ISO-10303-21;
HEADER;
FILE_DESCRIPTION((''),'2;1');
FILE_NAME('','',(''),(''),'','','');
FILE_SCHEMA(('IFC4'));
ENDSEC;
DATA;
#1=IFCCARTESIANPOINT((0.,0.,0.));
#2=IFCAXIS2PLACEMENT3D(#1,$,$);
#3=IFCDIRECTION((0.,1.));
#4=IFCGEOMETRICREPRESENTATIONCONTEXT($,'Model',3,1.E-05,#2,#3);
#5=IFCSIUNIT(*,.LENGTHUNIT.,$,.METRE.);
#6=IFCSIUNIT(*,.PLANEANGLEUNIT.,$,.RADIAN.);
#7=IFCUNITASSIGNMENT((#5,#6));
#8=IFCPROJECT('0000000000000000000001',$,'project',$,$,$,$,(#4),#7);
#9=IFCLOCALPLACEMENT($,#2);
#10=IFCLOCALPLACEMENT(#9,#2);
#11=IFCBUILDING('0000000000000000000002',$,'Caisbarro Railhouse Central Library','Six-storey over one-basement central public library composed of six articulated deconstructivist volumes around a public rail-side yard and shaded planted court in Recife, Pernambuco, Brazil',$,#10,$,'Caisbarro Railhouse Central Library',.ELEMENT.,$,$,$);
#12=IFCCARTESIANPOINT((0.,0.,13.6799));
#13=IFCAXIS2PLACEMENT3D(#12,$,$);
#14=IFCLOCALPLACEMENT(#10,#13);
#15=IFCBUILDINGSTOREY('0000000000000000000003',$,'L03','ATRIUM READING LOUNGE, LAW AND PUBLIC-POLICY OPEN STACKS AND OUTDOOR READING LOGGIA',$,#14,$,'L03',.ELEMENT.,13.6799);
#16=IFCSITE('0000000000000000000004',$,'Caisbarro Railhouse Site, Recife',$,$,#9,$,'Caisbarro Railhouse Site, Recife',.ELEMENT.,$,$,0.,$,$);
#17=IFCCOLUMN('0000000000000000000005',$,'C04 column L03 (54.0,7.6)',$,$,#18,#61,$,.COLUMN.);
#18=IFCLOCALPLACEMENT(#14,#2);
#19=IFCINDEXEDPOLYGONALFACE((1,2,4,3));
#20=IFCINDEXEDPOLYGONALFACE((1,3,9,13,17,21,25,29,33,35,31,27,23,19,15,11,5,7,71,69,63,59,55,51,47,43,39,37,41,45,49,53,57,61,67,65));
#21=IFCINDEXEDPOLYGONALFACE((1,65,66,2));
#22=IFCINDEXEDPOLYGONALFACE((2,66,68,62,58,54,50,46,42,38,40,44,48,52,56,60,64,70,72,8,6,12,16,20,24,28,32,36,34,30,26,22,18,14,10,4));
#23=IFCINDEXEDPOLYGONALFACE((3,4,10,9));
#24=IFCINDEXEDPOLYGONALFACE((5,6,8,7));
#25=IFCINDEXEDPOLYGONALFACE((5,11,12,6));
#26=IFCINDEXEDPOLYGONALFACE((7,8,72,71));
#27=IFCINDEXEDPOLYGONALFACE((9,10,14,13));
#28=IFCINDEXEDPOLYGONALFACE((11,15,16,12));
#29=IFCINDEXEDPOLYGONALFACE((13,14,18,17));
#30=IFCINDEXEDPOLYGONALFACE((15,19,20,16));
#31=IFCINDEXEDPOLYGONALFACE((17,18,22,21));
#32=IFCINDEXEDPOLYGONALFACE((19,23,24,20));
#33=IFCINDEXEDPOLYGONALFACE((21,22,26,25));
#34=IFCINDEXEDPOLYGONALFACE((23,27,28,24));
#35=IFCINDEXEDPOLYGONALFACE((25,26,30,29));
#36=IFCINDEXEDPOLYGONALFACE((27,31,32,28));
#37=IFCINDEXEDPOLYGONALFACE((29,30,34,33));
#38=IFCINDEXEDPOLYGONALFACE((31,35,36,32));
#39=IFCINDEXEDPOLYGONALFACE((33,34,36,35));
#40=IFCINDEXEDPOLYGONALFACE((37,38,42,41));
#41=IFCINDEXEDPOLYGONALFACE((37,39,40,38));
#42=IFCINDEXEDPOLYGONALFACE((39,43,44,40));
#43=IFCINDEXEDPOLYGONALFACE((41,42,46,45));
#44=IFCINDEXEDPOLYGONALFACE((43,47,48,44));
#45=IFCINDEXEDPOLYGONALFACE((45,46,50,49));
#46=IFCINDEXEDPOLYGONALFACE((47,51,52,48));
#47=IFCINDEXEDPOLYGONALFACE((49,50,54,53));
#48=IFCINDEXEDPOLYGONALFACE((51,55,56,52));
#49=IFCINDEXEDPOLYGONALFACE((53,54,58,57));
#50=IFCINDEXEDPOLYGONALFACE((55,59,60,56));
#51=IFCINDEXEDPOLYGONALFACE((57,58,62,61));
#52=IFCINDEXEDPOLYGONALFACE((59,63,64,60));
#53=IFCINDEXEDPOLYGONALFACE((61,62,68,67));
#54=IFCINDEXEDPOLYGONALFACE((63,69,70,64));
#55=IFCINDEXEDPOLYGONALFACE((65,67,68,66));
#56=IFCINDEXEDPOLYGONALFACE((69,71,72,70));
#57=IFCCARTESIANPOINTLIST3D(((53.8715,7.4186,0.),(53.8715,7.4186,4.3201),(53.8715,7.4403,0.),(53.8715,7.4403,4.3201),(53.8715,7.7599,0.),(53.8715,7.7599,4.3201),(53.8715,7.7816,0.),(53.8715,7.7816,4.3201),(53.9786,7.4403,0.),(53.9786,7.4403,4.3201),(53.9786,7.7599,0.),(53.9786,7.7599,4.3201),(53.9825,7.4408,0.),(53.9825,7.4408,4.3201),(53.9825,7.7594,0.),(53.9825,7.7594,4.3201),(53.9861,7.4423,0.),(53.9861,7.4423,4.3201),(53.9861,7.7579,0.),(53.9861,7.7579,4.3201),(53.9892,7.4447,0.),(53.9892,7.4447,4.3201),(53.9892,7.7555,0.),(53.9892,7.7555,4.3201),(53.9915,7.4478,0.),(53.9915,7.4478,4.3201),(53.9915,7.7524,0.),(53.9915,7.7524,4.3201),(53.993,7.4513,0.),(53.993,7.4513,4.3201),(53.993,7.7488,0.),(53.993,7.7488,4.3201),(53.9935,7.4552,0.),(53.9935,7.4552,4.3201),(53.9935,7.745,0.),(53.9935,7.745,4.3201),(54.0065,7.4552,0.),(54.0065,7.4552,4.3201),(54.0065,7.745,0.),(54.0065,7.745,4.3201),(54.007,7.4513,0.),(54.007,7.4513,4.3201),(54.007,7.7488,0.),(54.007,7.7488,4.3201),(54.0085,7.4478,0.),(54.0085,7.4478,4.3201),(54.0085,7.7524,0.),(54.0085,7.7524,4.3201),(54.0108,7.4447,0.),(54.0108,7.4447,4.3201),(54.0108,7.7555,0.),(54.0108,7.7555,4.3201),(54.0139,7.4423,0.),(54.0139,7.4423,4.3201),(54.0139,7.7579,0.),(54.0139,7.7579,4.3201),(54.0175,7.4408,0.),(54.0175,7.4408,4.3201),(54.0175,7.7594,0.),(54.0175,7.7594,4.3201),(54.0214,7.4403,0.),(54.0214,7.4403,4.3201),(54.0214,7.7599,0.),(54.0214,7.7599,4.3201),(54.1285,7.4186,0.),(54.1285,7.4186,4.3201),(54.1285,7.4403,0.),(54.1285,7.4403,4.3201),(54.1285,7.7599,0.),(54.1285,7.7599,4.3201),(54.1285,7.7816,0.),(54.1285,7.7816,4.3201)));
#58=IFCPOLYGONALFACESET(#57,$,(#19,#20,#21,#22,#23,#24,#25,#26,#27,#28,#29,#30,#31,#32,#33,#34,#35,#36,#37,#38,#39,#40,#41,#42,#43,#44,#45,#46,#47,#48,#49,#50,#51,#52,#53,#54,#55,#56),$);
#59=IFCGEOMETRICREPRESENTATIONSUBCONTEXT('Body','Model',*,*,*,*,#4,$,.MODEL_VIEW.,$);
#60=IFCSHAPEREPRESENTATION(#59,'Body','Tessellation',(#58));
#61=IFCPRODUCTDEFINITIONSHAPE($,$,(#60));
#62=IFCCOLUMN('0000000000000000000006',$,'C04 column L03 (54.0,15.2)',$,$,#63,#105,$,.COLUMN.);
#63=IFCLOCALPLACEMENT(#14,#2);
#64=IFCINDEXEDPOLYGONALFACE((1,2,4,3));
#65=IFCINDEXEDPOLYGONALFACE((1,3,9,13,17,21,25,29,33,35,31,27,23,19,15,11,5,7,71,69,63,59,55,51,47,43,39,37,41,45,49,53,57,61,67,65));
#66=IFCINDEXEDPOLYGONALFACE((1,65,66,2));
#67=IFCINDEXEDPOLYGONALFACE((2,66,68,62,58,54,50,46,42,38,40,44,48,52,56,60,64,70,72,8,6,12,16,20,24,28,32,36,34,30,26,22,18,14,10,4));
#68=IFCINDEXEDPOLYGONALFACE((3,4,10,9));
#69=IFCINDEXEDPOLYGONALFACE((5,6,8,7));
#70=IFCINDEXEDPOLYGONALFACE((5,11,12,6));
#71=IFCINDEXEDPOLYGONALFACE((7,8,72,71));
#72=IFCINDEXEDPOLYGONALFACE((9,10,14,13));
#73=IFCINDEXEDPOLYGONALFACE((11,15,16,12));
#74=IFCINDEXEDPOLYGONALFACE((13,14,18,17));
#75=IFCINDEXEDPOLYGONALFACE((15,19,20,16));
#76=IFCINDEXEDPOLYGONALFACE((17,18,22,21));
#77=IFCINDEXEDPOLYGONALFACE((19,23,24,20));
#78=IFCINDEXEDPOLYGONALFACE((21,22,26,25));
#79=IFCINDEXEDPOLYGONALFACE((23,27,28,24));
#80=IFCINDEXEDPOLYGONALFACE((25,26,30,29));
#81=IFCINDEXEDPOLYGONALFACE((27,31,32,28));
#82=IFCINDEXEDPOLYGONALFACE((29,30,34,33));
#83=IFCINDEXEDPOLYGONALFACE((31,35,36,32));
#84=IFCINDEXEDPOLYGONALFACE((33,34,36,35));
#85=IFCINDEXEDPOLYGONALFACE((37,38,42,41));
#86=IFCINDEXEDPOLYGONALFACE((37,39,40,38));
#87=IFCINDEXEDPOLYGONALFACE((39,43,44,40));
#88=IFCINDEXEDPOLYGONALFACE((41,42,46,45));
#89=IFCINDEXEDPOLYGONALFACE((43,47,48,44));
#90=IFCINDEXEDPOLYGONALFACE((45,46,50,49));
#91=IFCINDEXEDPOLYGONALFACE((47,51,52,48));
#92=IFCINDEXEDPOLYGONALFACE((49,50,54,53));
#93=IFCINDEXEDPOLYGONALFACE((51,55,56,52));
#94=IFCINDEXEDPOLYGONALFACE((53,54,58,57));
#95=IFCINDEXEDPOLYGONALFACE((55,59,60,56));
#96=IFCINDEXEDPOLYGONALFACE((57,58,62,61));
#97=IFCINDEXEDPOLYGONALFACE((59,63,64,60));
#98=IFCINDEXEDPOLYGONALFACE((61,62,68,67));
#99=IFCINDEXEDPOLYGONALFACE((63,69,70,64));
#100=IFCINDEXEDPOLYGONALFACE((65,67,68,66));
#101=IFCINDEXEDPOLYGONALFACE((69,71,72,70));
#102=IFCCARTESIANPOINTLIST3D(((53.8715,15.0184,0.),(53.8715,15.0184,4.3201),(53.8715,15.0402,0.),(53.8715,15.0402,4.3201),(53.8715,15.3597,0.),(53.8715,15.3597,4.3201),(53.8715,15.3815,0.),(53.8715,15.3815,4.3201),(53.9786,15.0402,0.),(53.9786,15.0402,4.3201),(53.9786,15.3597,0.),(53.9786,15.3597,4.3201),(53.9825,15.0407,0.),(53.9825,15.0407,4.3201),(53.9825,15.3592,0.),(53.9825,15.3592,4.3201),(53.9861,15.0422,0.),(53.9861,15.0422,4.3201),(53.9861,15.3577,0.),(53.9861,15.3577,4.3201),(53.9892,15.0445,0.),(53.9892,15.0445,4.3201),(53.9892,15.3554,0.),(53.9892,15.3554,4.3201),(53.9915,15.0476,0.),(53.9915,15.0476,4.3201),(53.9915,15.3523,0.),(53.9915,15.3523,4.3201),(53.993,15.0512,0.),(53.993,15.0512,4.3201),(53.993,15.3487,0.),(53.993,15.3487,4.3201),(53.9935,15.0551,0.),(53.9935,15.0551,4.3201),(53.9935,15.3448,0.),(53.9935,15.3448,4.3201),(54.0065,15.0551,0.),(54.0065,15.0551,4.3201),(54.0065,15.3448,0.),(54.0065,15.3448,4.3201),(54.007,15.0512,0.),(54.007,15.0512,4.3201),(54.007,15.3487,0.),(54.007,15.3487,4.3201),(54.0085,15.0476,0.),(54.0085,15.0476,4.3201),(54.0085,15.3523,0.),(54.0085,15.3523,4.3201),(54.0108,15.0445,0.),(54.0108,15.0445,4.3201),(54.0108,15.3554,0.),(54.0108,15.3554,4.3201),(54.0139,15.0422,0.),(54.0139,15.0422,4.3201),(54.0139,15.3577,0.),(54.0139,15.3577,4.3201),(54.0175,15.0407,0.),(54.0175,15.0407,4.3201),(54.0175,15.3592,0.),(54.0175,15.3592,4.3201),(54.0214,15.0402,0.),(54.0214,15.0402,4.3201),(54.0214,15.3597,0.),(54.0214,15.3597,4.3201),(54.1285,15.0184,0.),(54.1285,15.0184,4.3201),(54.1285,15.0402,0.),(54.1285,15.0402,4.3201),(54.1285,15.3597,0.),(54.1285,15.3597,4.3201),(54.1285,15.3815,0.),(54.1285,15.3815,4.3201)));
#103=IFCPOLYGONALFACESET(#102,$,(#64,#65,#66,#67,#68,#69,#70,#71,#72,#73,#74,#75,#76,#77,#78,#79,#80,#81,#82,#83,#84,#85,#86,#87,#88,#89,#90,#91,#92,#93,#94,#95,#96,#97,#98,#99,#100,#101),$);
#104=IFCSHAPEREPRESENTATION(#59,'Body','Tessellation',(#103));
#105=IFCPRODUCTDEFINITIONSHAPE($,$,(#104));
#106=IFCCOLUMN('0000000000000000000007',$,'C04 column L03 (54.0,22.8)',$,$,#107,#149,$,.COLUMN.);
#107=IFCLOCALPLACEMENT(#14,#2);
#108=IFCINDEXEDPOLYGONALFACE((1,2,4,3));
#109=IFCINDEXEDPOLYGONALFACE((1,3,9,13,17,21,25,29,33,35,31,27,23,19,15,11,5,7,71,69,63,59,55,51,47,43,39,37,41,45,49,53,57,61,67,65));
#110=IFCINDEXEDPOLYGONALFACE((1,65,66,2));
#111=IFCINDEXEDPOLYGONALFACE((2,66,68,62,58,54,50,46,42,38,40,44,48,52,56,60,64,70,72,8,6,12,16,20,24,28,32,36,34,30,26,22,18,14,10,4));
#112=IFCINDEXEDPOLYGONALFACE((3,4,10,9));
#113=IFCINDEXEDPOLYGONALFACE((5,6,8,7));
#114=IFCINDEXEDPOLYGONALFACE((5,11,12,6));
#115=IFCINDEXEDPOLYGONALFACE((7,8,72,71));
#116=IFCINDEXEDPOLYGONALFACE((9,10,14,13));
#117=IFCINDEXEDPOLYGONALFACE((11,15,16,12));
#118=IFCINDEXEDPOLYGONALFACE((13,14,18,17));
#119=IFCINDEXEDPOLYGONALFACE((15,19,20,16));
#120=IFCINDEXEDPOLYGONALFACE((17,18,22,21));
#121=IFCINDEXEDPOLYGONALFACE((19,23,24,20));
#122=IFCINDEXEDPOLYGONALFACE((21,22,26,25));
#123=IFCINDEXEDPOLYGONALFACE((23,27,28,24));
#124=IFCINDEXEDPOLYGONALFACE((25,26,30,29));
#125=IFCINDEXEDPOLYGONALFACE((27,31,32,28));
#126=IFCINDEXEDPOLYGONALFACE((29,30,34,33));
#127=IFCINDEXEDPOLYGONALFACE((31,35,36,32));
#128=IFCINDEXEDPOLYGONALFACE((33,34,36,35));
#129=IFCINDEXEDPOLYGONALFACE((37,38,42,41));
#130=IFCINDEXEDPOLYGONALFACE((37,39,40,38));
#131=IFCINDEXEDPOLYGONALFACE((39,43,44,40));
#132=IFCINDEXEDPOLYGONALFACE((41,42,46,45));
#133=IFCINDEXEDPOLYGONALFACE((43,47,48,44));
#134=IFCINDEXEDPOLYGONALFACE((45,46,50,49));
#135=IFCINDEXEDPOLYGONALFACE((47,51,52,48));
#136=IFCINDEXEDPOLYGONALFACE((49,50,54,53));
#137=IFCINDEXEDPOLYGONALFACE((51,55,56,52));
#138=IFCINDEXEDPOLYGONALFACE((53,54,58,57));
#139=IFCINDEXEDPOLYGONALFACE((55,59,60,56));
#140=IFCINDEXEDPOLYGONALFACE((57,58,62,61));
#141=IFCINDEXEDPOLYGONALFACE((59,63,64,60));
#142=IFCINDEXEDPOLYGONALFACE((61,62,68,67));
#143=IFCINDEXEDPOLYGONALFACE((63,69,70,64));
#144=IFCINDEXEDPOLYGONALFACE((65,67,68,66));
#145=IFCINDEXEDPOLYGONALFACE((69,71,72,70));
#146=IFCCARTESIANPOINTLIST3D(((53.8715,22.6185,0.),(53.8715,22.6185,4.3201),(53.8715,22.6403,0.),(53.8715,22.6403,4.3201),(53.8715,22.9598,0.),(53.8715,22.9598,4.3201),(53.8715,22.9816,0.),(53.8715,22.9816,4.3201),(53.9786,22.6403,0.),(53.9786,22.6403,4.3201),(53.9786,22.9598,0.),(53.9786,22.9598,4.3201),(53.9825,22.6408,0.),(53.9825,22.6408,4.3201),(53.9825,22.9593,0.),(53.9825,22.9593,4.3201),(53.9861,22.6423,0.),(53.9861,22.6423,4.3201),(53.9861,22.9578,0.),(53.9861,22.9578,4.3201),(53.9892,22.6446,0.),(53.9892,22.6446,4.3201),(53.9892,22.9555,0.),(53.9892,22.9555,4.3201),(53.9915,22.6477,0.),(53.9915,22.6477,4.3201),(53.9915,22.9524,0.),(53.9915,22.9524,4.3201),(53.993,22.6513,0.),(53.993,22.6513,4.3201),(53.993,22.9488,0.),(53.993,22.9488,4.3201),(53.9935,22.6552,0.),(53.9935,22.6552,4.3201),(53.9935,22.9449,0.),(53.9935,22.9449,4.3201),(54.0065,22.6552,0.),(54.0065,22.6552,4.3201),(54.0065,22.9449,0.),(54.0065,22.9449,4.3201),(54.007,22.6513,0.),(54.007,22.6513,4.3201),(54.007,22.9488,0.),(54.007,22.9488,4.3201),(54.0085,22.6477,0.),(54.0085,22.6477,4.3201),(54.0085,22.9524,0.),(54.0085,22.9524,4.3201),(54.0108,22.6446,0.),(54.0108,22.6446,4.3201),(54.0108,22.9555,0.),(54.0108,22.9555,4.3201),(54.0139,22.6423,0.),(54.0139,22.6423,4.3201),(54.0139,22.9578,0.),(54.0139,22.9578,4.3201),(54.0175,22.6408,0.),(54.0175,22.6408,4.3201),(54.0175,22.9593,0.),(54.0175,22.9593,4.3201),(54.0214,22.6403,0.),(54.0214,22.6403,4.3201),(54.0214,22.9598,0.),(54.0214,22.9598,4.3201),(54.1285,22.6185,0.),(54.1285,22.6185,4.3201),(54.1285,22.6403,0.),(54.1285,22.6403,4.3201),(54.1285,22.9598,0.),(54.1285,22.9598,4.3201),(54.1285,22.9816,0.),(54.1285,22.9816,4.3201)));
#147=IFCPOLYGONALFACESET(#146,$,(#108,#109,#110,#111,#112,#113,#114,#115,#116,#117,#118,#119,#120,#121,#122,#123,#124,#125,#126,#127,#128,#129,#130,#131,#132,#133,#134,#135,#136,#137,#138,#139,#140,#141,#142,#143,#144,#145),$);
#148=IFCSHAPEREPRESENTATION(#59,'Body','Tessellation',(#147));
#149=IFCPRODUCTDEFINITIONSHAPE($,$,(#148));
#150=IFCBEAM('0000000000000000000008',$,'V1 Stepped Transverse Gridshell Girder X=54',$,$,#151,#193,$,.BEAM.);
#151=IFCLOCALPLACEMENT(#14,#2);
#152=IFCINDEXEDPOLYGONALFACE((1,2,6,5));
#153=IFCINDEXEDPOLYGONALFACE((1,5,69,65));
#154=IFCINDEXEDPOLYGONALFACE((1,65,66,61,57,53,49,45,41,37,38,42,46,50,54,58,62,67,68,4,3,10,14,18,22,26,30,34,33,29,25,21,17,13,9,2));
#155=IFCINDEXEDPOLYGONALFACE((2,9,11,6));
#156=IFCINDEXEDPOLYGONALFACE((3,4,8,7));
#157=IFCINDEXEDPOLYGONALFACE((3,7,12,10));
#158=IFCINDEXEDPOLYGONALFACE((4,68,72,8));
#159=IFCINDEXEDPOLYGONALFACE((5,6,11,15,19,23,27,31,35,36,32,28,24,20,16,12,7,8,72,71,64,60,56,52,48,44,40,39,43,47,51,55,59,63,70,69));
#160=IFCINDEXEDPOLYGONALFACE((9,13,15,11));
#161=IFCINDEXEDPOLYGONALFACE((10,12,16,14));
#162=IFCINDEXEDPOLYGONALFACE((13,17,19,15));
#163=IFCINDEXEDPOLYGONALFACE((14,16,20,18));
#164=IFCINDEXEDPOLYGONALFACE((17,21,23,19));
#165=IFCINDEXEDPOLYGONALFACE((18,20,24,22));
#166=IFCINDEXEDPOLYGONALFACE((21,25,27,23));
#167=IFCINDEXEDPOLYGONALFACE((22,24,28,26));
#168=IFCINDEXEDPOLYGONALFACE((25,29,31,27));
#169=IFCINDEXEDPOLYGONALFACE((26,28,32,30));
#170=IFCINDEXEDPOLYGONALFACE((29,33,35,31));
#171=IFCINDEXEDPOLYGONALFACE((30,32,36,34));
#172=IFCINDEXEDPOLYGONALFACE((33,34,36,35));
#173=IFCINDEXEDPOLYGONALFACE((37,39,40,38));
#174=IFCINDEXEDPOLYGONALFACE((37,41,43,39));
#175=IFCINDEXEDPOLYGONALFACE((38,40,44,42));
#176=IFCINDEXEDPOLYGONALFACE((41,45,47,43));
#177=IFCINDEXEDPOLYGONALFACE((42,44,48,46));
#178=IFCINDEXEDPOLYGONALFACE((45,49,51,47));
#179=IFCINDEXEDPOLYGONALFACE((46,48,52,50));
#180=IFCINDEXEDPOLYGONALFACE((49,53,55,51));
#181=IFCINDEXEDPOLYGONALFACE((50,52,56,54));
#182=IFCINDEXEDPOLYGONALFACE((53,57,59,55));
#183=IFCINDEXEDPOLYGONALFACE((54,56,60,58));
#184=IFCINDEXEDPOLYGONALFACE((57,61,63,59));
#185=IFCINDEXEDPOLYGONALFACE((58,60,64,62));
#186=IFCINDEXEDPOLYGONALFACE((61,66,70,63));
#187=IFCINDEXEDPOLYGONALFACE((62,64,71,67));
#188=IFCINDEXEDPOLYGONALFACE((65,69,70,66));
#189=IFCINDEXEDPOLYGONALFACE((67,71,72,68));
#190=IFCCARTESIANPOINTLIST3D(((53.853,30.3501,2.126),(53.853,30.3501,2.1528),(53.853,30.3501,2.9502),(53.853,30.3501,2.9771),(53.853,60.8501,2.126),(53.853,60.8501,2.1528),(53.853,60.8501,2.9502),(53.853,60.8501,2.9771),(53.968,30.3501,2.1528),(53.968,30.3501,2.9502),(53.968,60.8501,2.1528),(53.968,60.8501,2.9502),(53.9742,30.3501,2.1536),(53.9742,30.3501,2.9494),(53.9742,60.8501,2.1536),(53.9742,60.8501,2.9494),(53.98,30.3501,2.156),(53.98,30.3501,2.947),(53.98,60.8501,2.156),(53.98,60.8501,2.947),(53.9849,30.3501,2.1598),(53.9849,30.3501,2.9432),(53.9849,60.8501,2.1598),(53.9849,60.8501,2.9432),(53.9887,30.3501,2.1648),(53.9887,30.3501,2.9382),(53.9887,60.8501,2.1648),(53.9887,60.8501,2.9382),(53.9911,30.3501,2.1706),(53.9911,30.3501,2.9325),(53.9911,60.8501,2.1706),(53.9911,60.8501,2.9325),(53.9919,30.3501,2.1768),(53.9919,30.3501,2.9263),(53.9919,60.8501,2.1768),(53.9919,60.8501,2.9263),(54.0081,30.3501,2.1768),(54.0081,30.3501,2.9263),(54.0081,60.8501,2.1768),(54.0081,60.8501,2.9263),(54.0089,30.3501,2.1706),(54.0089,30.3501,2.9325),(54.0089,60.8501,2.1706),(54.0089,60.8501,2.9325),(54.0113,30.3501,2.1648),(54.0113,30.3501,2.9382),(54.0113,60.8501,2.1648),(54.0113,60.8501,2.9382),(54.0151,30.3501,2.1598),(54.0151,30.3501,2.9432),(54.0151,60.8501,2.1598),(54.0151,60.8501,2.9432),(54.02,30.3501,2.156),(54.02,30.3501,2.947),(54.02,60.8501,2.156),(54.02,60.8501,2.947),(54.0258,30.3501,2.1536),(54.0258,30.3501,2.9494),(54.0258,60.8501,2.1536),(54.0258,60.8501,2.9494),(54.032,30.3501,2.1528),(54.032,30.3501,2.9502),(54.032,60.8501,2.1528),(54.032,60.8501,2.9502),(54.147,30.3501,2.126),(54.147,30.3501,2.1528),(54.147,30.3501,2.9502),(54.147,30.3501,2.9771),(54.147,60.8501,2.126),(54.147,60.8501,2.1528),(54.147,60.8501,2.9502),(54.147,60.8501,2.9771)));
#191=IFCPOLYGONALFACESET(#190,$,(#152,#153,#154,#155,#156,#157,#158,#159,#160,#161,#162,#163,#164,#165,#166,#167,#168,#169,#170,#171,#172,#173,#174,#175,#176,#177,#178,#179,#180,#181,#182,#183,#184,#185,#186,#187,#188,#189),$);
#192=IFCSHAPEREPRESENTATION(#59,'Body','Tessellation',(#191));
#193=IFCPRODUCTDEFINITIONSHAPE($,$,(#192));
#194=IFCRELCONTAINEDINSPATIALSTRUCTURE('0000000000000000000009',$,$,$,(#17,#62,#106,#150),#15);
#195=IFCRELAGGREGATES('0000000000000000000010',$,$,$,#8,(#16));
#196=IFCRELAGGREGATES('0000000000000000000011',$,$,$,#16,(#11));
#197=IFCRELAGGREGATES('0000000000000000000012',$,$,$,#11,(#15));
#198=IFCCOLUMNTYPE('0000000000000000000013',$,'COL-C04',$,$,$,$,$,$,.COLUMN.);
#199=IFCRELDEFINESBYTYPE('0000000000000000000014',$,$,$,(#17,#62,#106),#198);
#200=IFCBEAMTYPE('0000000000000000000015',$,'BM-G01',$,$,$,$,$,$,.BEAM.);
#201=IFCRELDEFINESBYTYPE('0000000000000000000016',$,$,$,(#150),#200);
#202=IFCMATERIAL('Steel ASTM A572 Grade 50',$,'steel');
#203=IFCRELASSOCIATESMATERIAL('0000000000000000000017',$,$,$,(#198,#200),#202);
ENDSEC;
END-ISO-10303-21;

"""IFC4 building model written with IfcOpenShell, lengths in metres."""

from ifc_helpers import new_model, si_unit, direction, frame, origin, origin_2d, place, context, subcontext, project, spatial, i_section, extrude, material, material_profile, profile_set, type_object, element, save


model = new_model("IFC4")

# Units and contexts
model_context = context("Model", 3, precision=1e-05, world=origin(), true_north=direction((0.0, 1.0)))
body_context = subcontext(model_context, "Body", "Model", "MODEL_VIEW")
ifc_project = project(units=[si_unit("LENGTHUNIT", "METRE"), si_unit("PLANEANGLEUNIT", "RADIAN")], contexts=[model_context])

# Site, building, storey
site_placement = place(None, origin())
site = spatial("IfcSite", under=ifc_project, at=site_placement, Name="Caisbarro Railhouse Site, Recife", LongName="Caisbarro Railhouse Site, Recife", CompositionType="ELEMENT", RefElevation=0.0)
building_placement = place(site_placement, origin())
building = spatial("IfcBuilding", under=site, at=building_placement, Name="Caisbarro Railhouse Central Library", Description="Six-storey over one-basement central public library composed of six articulated deconstructivist volumes around a public rail-side yard and shaded planted court in Recife, Pernambuco, Brazil", LongName="Caisbarro Railhouse Central Library", CompositionType="ELEMENT")
storey_placement = place(building_placement, frame((0.0, 0.0, 13.6799)))
storey = spatial("IfcBuildingStorey", under=building, at=storey_placement, Name="L03", Description="ATRIUM READING LOUNGE, LAW AND PUBLIC-POLICY OPEN STACKS AND OUTDOOR READING LOGGIA", LongName="L03", CompositionType="ELEMENT", Elevation=13.6799)

# Columns
ifc_material_1 = material(Name="Steel ASTM A572 Grade 50", Category="steel")
ifc_material_profile_1 = material_profile(ifc_material_1, i_section(OverallWidth=0.2571, OverallDepth=0.363, WebThickness=0.0129, FlangeThickness=0.0217, FilletRadius=0.0149, at=origin_2d()), Name="W360X122.0")
ifc_profile_set_1 = profile_set([ifc_material_profile_1], Name="Steel ASTM A572 Grade 50")
column_type = type_object("IfcColumnType", Name="COL-C04", PredefinedType="COLUMN", material=ifc_profile_set_1)
for number, where, z_axis, x_axis, name in (
    (1, (54.0, 7.6001, 0.0), (0.0, 0.0, 1.0), (1.0, 0.0, 0.0), "C04 column L03 (54.0,7.6)"),
    (2, (54.0, 15.2, 0.0), (0.0, 0.0, 1.0), (1.0, 0.0, 0.0), "C04 column L03 (54.0,15.2)"),
    (3, (54.0, 22.8, 0.0), (0.0, 0.0, 1.0), (1.0, 0.0, 0.0), "C04 column L03 (54.0,22.8)"),
):
    element("IfcColumn", number, at=place(storey_placement, frame(where, z_axis=z_axis, x_axis=x_axis)), inside=storey, type_object=column_type, Name=name, PredefinedType="COLUMN", context=body_context, shape_type="SweptSolid", body=[
        extrude(i_section(OverallWidth=0.2571, OverallDepth=0.363, WebThickness=0.0129, FlangeThickness=0.0217, FilletRadius=0.0149, at=origin_2d()), origin(), (0.0, 0.0, 1.0), 4.3201),
    ])

# Beam
ifc_material_profile_2 = material_profile(ifc_material_1, i_section(OverallWidth=0.2939, OverallDepth=0.8511, WebThickness=0.0161, FlangeThickness=0.0269, FilletRadius=0.0239, at=origin_2d()), Name="W840X226.0")
ifc_profile_set_2 = profile_set([ifc_material_profile_2], Name="Steel ASTM A572 Grade 50")
beam_type_1 = type_object("IfcBeamType", Name="BM-G01", PredefinedType="BEAM", material=ifc_profile_set_2)
beam_1_placement = place(storey_placement, frame((54.0, 30.3501, 2.5515), z_axis=(0.0, 1.0, 0.0), x_axis=(-1.0, 0.0, 0.0)))
element("IfcBeam", 4, at=beam_1_placement, inside=storey, type_object=beam_type_1, Name="V1 Stepped Transverse Gridshell Girder X=54", PredefinedType="BEAM", context=body_context, shape_type="SweptSolid", body=[
    extrude(i_section(OverallWidth=0.2939, OverallDepth=0.8511, WebThickness=0.0161, FlangeThickness=0.0269, FilletRadius=0.0239, at=origin_2d()), origin(), (0.0, 0.0, 1.0), 30.5),
])

save(model, "model.ifc")
